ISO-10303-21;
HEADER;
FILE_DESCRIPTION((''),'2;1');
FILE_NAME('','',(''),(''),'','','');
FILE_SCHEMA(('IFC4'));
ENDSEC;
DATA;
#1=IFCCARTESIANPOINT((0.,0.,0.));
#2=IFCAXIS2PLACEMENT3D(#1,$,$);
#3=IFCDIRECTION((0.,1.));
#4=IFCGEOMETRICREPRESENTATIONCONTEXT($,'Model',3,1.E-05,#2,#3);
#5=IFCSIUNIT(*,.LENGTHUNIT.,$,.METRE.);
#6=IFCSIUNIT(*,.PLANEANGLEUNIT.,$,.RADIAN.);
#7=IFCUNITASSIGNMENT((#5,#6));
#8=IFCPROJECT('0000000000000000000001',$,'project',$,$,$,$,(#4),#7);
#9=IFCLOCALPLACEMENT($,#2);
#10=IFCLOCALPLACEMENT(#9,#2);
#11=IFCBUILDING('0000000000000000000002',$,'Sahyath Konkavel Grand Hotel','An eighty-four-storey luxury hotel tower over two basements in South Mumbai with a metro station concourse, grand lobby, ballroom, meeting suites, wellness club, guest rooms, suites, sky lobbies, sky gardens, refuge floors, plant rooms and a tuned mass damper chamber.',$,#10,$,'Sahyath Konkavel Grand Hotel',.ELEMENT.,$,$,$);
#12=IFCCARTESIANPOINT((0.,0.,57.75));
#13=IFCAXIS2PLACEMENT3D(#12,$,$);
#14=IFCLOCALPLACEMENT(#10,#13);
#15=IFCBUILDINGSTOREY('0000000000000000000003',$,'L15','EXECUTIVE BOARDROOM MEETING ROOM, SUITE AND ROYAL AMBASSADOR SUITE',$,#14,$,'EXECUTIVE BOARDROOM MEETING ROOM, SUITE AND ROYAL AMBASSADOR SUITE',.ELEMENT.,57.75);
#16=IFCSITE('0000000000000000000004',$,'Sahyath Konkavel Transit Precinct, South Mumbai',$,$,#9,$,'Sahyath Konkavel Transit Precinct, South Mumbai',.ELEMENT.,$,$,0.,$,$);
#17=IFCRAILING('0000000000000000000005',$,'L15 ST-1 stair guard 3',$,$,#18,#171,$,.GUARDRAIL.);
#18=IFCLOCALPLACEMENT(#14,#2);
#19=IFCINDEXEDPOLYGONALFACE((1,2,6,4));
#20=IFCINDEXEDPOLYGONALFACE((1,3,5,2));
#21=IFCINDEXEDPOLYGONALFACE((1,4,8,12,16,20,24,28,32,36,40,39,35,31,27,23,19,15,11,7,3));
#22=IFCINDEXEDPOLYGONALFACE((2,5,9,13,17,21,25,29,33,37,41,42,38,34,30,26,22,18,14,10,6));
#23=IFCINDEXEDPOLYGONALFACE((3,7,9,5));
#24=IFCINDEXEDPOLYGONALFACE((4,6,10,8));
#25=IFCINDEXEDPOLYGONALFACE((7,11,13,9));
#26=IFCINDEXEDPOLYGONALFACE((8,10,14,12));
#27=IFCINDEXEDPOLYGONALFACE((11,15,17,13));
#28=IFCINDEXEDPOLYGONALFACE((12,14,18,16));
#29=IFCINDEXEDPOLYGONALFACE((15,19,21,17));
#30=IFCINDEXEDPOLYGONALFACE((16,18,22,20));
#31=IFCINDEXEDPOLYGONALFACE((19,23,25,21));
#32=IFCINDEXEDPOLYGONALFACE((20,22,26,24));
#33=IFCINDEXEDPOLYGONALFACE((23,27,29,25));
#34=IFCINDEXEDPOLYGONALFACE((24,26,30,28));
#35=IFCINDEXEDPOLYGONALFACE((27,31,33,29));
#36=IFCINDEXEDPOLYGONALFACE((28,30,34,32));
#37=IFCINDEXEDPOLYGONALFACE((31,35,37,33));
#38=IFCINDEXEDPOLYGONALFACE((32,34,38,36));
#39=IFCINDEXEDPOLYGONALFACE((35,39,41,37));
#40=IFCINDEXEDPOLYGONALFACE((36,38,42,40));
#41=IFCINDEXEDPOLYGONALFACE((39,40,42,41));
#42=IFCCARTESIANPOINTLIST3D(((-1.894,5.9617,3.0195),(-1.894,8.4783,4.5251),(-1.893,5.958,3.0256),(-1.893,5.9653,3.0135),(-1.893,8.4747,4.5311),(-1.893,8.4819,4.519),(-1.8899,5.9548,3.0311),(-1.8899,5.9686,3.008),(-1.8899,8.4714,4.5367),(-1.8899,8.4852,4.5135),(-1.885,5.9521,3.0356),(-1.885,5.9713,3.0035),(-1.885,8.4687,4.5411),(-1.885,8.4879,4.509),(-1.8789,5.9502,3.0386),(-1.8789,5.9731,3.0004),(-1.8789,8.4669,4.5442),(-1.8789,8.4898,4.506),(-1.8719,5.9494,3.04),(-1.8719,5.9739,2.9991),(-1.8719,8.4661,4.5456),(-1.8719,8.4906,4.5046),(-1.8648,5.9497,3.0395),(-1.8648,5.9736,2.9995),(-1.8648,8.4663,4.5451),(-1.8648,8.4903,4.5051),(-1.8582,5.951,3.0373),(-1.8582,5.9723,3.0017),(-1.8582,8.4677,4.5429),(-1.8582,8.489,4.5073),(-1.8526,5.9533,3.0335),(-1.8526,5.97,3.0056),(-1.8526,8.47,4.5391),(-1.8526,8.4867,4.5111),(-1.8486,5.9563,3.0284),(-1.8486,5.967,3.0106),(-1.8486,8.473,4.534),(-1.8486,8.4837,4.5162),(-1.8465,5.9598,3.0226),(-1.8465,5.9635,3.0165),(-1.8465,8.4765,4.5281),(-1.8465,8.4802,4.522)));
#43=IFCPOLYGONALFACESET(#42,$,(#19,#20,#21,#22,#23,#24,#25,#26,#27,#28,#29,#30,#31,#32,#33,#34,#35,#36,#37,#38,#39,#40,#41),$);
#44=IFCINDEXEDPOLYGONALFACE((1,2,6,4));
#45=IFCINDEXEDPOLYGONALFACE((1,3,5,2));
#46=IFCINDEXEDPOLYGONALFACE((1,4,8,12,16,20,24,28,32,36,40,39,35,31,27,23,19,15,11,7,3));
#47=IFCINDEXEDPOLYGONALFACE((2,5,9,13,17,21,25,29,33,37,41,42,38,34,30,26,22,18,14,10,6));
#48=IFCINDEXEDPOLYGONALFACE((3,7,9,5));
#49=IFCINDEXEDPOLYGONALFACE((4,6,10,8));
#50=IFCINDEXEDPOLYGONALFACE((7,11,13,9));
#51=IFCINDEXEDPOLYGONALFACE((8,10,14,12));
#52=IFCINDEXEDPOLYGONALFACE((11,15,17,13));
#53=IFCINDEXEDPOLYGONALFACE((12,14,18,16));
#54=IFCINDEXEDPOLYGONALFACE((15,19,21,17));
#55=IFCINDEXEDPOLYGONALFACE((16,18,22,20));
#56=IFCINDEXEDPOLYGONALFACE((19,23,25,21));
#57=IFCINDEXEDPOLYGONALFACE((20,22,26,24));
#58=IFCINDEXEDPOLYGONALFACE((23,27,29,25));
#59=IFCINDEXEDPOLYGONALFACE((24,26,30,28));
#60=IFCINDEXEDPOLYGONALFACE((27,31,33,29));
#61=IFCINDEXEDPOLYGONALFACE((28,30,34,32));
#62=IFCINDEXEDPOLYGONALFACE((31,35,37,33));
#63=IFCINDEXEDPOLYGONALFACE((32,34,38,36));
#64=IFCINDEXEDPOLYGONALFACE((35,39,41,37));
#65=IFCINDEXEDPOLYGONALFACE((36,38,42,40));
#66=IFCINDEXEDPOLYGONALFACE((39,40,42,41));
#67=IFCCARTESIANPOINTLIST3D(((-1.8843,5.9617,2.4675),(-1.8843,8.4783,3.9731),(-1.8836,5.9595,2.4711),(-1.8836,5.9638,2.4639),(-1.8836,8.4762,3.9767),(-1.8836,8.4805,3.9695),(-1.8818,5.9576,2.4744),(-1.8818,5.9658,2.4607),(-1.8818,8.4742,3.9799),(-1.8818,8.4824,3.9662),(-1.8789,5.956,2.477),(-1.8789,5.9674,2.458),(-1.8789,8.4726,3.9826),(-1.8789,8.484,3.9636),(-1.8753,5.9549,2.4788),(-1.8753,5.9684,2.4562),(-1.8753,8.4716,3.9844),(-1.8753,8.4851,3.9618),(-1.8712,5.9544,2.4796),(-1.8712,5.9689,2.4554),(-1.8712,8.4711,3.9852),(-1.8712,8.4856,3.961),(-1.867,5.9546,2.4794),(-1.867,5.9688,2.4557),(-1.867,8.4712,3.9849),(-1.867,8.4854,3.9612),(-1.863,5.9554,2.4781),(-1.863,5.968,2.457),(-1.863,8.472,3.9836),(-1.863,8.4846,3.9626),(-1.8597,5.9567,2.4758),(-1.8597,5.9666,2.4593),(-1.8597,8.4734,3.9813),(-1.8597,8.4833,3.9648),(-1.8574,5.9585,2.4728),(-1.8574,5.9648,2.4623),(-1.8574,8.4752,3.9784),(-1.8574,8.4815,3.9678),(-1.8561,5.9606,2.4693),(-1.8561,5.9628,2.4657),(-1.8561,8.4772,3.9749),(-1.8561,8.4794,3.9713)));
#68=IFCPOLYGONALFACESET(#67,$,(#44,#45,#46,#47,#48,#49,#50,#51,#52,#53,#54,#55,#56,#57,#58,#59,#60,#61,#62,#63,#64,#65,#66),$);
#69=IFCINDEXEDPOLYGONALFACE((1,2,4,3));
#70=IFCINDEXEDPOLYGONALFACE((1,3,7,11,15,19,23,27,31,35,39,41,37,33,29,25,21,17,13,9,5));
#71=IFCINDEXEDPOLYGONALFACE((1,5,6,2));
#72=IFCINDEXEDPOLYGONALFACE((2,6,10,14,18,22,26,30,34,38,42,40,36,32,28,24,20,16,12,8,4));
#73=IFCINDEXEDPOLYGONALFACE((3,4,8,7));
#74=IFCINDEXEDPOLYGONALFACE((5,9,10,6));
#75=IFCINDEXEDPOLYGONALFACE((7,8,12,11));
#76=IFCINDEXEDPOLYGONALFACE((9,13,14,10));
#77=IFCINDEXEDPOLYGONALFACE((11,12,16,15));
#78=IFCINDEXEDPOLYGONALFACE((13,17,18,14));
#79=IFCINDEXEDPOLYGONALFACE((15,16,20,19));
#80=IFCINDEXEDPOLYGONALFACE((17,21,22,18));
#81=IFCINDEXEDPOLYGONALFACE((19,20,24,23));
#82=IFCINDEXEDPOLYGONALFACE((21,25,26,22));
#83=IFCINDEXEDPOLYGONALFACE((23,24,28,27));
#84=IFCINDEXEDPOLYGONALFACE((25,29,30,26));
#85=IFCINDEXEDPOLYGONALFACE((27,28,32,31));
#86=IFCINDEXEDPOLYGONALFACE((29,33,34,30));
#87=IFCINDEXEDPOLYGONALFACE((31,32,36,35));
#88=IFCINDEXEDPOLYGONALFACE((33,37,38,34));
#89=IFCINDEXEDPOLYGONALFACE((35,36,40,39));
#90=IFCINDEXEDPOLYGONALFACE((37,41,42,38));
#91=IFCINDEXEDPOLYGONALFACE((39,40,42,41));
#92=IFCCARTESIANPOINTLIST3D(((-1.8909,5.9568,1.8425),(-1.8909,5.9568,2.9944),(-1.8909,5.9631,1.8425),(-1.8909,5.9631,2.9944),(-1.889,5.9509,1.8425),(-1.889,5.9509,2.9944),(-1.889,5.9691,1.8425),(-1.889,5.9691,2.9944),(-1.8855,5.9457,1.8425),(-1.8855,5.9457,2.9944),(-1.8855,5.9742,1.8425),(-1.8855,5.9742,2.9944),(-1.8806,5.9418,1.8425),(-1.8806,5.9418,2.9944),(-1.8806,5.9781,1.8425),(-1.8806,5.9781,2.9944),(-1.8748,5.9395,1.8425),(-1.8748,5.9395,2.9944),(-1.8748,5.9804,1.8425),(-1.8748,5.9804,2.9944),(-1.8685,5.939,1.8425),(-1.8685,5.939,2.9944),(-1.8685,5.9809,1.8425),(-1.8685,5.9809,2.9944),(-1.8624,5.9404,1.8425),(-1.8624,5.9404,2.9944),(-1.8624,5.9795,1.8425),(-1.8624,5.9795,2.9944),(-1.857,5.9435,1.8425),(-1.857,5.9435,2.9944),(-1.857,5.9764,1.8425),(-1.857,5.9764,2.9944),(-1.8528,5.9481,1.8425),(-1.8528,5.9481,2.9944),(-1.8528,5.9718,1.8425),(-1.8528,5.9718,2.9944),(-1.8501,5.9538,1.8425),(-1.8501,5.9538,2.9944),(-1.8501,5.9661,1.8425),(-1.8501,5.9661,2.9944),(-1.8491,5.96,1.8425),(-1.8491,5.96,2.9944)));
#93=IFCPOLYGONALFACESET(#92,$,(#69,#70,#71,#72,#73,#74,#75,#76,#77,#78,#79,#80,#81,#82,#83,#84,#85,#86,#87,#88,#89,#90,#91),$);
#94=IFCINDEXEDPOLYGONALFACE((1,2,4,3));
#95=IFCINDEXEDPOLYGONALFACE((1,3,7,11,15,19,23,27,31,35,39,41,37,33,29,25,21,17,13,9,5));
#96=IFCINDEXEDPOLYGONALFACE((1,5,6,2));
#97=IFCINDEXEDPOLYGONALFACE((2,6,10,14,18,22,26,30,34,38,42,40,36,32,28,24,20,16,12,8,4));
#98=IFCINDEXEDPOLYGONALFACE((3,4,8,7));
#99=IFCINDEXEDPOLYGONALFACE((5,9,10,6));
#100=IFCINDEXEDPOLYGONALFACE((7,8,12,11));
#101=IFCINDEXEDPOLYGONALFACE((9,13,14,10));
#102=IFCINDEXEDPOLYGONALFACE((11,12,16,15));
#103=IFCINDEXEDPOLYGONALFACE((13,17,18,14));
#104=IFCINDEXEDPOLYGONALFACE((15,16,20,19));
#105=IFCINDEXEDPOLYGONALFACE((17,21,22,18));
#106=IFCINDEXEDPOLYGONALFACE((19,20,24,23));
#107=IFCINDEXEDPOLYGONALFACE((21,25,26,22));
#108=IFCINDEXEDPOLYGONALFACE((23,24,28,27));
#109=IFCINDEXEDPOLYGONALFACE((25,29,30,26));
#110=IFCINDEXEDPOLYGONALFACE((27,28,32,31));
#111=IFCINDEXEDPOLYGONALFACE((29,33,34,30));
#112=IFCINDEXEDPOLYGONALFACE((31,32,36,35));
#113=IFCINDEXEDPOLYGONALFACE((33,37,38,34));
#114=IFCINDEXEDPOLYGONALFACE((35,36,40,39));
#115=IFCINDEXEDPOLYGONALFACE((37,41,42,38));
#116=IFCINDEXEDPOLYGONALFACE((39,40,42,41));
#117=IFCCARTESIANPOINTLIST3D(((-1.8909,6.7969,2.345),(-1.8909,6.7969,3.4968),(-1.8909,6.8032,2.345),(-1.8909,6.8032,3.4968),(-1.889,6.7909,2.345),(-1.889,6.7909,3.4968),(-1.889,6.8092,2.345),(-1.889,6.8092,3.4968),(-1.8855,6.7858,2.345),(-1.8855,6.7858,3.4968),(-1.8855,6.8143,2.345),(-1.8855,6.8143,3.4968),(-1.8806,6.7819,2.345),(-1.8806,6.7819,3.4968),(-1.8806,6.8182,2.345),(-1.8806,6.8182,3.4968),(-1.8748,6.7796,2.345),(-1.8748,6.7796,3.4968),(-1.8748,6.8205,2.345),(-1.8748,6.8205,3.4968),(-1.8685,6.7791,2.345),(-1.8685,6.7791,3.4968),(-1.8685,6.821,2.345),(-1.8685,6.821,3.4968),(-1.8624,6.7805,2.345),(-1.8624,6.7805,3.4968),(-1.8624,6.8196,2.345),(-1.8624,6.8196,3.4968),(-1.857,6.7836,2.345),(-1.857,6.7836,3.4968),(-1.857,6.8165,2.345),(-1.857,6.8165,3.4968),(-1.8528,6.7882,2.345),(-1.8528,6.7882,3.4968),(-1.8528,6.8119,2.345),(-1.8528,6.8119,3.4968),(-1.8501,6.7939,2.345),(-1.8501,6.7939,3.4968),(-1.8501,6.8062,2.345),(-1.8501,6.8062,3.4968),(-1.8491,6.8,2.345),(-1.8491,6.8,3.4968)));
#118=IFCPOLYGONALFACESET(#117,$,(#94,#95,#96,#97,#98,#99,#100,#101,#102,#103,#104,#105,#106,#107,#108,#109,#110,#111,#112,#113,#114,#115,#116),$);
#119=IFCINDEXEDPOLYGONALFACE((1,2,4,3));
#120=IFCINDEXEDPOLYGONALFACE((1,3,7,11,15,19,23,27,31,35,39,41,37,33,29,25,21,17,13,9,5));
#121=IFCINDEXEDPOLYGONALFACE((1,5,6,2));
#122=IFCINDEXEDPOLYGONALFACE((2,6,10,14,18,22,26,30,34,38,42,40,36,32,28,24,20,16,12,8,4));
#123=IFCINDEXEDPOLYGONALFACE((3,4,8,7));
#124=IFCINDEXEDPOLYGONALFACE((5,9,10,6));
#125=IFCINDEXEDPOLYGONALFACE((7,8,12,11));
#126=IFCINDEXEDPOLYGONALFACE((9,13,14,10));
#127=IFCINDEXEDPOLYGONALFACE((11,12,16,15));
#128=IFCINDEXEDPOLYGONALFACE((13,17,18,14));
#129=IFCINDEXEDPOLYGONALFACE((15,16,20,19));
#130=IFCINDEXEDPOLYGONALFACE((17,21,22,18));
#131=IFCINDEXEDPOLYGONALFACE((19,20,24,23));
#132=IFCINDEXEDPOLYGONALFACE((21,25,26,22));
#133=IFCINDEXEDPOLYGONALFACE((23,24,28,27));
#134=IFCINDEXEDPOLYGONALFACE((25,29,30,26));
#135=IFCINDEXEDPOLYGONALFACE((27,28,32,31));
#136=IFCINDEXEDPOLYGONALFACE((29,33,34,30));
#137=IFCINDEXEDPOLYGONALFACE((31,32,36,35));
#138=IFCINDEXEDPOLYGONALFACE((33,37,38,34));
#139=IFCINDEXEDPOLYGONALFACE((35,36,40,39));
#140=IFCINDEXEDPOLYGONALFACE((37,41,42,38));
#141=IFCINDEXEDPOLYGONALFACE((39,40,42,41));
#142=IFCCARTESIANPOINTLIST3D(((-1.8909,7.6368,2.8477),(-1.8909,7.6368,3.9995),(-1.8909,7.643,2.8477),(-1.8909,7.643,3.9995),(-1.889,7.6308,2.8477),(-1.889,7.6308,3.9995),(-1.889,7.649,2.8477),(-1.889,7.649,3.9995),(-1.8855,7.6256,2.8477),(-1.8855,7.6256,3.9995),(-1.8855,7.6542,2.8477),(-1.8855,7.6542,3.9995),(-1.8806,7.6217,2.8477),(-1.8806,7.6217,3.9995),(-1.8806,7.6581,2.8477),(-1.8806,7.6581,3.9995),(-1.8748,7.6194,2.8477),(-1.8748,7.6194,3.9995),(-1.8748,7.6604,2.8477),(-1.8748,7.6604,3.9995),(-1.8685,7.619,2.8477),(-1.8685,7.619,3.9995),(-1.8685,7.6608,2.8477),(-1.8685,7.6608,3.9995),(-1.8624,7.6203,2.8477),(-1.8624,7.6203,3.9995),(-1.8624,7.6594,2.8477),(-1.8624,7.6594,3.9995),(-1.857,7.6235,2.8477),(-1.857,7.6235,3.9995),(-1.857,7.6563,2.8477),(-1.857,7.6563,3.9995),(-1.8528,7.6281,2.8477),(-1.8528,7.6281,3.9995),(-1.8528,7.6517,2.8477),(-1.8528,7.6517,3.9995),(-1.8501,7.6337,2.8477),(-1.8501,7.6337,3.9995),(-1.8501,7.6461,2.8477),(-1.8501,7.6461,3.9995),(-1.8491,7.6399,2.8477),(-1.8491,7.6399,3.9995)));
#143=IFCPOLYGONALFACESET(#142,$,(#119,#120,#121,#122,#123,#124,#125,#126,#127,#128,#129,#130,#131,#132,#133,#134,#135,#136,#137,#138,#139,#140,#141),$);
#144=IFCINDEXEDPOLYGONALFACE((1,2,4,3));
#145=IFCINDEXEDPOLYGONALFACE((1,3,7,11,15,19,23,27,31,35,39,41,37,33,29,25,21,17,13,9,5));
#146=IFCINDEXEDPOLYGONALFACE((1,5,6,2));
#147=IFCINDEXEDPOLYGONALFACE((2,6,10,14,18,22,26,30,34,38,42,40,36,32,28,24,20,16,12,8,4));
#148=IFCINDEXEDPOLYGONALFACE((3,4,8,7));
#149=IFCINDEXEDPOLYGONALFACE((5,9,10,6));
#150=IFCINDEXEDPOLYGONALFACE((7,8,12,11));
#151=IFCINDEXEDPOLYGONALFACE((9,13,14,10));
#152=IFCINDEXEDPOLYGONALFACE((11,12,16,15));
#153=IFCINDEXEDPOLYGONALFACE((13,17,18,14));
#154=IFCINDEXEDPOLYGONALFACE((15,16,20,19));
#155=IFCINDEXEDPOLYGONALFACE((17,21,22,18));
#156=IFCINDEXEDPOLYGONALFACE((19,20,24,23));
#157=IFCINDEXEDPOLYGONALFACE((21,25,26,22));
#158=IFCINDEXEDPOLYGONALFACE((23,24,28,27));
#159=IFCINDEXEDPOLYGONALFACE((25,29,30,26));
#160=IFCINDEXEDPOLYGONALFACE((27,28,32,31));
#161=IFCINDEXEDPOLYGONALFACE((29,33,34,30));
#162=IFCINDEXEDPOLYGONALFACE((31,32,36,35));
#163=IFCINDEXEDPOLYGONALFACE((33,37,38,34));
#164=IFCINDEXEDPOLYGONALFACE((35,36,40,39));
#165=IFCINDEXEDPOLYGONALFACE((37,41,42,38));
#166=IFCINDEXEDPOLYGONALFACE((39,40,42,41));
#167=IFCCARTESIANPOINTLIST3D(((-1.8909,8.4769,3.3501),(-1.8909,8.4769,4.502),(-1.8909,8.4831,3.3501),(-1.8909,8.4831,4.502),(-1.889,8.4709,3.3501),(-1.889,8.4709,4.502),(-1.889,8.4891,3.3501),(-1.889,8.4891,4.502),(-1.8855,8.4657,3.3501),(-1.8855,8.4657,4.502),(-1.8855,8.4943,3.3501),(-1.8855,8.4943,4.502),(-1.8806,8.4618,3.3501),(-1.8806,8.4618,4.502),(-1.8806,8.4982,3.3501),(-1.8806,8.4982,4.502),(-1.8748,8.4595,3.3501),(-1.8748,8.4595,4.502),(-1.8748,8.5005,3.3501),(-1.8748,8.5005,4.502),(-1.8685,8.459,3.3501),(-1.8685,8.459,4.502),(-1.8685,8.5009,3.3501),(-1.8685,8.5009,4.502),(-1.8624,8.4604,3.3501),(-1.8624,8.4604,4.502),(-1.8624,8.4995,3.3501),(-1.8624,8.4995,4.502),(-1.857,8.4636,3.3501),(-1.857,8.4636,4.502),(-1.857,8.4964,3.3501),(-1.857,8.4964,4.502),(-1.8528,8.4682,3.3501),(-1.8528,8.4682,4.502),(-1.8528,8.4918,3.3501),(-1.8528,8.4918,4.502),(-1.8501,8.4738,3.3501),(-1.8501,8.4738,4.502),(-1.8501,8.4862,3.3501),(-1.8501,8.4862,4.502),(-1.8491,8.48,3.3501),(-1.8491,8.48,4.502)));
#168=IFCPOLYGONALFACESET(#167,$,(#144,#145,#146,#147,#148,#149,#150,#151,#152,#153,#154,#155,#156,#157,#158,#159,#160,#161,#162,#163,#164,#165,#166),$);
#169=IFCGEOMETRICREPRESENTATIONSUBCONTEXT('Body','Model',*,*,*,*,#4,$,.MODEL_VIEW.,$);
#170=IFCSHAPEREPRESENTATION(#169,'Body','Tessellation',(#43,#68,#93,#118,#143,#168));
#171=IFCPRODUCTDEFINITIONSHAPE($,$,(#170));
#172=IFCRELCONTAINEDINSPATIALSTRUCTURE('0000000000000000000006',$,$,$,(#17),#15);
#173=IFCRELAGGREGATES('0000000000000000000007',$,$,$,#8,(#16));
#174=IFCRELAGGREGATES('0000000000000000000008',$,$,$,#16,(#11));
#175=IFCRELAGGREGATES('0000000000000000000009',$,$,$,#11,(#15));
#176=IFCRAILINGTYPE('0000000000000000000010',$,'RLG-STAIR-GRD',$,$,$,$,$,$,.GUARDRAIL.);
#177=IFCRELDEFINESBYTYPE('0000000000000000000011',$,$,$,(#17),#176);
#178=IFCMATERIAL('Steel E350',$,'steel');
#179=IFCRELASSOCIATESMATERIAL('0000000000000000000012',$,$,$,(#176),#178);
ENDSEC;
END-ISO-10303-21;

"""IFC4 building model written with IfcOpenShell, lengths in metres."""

from ifc_helpers import new_model, si_unit, direction, frame, origin, origin_2d, place, context, subcontext, project, spatial, circle, extrude, material, type_object, element, save


model = new_model("IFC4")

# Units and contexts
model_context = context("Model", 3, precision=1e-05, world=origin(), true_north=direction((0.0, 1.0)))
body_context = subcontext(model_context, "Body", "Model", "MODEL_VIEW")
ifc_project = project(units=[si_unit("LENGTHUNIT", "METRE"), si_unit("PLANEANGLEUNIT", "RADIAN")], contexts=[model_context])

# Site, building, storey
site_placement = place(None, origin())
site = spatial("IfcSite", under=ifc_project, at=site_placement, Name="Sahyath Konkavel Transit Precinct, South Mumbai", LongName="Sahyath Konkavel Transit Precinct, South Mumbai", CompositionType="ELEMENT", RefElevation=0.0)
building_placement = place(site_placement, origin())
building = spatial("IfcBuilding", under=site, at=building_placement, Name="Sahyath Konkavel Grand Hotel", Description="An eighty-four-storey luxury hotel tower over two basements in South Mumbai with a metro station concourse, grand lobby, ballroom, meeting suites, wellness club, guest rooms, suites, sky lobbies, sky gardens, refuge floors, plant rooms and a tuned mass damper chamber.", LongName="Sahyath Konkavel Grand Hotel", CompositionType="ELEMENT")
storey_placement = place(building_placement, frame((0.0, 0.0, 57.75)))
storey = spatial("IfcBuildingStorey", under=building, at=storey_placement, Name="L15", Description="EXECUTIVE BOARDROOM MEETING ROOM, SUITE AND ROYAL AMBASSADOR SUITE", LongName="EXECUTIVE BOARDROOM MEETING ROOM, SUITE AND ROYAL AMBASSADOR SUITE", CompositionType="ELEMENT", Elevation=57.75)

# Shared definitions
ifc_material_1 = material(Name="Steel E350", Category="steel")

# Railing
railing_type_1 = type_object("IfcRailingType", Name="RLG-STAIR-GRD", PredefinedType="GUARDRAIL", material=ifc_material_1)
railing_1_placement = place(storey_placement, frame((-1.8701, 5.96, 1.8425)))
element("IfcRailing", 1, at=railing_1_placement, inside=storey, type_object=railing_type_1, Name="L15 ST-1 stair guard 3", PredefinedType="GUARDRAIL", context=body_context, shape_type="SweptSolid", body=[
    extrude(circle(Radius=0.0239, at=origin_2d()), frame((0.0, 0.0017, 1.177), z_axis=(0.0, 0.85816, 0.513383), x_axis=(-1.0, 0.0, 0.0)), (0.0, 0.0, 1.0), 2.9326),
    extrude(circle(Radius=0.0142, at=origin_2d()), frame((0.0, 0.0017, 0.625), z_axis=(0.0, 0.85816, 0.513383), x_axis=(-1.0, 0.0, 0.0)), (0.0, 0.0, 1.0), 2.9326),
    extrude(circle(Radius=0.021, at=origin_2d()), origin(), (0.0, 0.0, 1.0), 1.1519),
    extrude(circle(Radius=0.021, at=origin_2d()), frame((0.0, 0.8401, 0.5024)), (0.0, 0.0, 1.0), 1.1519),
    extrude(circle(Radius=0.021, at=origin_2d()), frame((0.0, 1.6799, 1.0051)), (0.0, 0.0, 1.0), 1.1519),
    extrude(circle(Radius=0.021, at=origin_2d()), frame((0.0, 2.52, 1.5076)), (0.0, 0.0, 1.0), 1.1519),
])

save(model, "model.ifc")
